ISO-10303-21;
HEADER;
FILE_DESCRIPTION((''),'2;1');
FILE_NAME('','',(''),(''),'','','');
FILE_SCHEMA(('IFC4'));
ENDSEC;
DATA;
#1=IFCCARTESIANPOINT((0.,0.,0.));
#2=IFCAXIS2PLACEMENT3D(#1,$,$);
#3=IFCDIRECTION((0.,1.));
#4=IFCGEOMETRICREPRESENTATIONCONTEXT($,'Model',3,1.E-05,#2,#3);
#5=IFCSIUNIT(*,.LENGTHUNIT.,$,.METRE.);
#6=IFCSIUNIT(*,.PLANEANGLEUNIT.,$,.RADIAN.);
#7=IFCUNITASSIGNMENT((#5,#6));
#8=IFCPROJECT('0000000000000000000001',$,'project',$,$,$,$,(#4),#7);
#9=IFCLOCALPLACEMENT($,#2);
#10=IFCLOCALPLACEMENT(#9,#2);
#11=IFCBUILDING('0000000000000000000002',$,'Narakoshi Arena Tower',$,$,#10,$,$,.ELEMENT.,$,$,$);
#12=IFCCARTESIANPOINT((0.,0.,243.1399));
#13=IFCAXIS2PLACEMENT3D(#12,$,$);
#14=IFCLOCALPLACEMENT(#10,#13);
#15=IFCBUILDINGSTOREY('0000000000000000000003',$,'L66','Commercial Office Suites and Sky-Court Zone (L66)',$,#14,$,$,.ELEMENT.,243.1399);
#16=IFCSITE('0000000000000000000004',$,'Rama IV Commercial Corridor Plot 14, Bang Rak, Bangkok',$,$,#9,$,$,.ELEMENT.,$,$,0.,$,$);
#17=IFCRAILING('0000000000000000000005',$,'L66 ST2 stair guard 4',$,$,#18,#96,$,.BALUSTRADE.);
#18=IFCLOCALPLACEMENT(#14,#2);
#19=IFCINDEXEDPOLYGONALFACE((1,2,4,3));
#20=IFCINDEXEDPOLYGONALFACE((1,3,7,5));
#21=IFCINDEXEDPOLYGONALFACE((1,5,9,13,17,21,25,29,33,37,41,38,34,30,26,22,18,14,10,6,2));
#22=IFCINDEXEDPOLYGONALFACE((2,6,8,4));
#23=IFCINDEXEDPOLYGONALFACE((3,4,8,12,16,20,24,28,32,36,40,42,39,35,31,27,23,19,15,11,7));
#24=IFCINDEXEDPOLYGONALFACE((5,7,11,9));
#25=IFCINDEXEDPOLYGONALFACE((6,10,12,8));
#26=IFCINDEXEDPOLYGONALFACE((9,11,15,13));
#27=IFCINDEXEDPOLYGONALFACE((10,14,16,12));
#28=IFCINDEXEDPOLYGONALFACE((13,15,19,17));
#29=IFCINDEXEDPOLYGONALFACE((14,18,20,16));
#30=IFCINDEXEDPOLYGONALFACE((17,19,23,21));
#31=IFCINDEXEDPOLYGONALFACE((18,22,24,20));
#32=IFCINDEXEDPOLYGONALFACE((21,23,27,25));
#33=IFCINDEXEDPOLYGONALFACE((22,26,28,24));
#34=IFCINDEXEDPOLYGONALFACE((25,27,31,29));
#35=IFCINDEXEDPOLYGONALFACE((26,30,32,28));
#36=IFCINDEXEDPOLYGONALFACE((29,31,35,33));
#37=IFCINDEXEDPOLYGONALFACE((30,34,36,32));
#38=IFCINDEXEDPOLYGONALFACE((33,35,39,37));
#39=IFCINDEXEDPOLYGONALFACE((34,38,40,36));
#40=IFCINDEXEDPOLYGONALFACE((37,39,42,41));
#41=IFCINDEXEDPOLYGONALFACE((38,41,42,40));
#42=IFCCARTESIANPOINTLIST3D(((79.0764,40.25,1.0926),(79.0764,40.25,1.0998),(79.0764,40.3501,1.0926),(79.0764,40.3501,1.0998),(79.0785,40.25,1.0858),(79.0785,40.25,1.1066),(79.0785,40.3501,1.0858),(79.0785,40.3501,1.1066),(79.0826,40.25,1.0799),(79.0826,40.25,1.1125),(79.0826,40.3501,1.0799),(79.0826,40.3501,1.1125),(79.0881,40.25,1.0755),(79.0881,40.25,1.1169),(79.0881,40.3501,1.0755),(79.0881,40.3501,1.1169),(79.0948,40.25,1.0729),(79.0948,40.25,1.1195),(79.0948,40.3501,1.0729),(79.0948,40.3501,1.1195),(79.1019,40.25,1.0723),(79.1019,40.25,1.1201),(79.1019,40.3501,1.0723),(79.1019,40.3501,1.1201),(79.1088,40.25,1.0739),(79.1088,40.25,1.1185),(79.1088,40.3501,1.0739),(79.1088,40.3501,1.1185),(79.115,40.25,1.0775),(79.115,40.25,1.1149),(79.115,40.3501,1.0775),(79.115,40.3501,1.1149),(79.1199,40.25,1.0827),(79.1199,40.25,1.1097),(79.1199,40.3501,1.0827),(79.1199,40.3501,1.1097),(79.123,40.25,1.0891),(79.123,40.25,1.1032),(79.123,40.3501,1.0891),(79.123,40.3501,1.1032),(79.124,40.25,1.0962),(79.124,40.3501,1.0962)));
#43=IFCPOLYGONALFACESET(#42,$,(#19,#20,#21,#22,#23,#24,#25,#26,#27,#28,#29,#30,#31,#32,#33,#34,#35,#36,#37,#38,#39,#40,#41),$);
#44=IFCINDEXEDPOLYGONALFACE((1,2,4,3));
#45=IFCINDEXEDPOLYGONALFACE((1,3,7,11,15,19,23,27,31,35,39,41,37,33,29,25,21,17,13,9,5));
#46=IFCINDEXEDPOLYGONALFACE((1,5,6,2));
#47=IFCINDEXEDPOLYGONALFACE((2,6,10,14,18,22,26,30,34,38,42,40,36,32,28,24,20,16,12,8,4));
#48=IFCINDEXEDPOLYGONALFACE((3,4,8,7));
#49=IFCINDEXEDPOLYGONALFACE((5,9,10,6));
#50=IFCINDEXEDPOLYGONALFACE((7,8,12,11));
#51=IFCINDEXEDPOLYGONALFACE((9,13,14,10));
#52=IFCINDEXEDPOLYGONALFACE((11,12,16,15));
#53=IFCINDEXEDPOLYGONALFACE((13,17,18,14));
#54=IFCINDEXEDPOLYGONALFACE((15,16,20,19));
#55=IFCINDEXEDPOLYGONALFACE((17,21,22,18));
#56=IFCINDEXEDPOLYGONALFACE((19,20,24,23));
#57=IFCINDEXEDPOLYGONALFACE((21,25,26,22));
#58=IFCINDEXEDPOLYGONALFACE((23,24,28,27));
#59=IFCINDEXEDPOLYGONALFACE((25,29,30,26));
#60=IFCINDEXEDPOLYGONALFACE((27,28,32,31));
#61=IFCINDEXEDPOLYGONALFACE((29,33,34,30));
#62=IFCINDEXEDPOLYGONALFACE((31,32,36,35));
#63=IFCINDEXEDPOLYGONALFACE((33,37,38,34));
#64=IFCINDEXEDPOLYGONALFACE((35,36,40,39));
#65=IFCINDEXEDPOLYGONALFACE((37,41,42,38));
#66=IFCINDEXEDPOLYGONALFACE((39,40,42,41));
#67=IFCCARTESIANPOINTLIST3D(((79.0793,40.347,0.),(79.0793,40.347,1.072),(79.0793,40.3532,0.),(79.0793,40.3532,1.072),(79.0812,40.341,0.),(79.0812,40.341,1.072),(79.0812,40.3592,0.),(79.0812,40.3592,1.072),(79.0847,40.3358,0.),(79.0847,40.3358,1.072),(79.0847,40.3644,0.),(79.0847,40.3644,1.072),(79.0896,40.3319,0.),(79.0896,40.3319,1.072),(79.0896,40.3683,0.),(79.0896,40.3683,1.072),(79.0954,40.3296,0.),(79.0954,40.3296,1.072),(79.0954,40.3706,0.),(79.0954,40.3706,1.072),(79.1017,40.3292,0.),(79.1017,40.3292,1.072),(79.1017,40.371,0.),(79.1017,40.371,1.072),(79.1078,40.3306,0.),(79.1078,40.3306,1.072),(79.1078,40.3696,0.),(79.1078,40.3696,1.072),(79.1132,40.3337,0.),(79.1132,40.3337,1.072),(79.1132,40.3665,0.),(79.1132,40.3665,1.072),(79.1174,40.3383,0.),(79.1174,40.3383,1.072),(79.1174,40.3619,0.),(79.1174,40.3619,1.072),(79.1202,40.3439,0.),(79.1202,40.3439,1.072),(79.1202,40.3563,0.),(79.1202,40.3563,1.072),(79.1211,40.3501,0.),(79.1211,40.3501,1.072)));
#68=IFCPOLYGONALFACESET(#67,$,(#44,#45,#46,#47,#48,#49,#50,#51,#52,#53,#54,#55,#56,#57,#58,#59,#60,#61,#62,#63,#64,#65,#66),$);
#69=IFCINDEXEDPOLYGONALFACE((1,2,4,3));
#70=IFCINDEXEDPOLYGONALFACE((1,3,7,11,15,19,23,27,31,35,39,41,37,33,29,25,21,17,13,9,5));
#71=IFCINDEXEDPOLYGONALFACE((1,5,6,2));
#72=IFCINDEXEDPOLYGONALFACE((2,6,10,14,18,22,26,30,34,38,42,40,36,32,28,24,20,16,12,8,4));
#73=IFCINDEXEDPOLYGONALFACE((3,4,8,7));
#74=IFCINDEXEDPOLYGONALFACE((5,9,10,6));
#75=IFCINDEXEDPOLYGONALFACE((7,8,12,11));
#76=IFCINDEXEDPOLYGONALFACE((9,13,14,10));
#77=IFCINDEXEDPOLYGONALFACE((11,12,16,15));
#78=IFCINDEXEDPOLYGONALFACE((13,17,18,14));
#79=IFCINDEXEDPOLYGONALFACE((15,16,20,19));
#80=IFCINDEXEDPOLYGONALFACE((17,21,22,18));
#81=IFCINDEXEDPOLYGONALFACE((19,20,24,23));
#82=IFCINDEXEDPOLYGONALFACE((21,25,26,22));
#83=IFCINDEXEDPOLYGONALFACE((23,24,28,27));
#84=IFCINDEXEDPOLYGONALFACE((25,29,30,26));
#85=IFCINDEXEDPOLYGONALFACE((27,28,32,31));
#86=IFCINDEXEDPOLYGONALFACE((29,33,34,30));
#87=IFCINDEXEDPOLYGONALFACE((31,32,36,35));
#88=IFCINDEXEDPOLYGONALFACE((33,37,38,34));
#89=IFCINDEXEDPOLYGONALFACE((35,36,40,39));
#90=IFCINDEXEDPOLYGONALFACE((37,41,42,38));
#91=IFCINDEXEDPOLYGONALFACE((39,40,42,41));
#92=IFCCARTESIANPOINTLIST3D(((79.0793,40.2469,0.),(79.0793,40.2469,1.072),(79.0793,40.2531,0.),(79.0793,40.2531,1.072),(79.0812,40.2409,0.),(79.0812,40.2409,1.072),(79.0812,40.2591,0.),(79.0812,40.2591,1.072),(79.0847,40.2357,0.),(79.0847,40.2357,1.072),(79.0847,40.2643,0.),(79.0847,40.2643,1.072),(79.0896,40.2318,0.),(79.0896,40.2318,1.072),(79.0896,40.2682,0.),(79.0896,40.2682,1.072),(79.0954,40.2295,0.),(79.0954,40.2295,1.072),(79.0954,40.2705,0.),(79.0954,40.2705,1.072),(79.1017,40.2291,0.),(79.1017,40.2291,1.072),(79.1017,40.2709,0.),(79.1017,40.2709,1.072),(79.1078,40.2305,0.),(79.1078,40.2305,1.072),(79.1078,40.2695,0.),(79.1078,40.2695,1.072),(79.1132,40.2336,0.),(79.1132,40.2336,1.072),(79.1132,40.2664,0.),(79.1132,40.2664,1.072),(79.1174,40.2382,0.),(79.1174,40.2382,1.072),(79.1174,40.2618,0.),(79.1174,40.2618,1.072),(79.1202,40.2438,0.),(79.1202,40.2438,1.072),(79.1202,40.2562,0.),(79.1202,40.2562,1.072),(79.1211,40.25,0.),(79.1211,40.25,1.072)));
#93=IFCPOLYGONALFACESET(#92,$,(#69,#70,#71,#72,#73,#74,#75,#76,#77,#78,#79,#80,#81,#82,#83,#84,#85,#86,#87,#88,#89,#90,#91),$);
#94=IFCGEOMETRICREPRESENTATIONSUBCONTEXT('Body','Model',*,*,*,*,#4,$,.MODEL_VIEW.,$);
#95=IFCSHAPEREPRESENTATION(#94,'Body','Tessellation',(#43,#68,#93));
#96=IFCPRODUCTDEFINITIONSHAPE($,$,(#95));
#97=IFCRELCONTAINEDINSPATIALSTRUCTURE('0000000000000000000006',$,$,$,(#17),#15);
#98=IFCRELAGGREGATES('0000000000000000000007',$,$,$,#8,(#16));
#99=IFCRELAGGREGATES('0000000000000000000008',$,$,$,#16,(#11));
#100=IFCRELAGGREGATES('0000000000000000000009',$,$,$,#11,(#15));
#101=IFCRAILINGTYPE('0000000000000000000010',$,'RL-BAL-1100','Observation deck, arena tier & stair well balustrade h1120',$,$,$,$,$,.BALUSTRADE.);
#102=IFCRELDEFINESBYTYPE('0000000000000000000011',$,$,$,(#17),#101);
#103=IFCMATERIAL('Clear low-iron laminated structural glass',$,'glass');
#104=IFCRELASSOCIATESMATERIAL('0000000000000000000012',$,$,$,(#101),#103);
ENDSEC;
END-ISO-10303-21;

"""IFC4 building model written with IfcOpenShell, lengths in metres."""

from ifc_helpers import new_model, si_unit, direction, frame, origin, origin_2d, place, context, subcontext, project, spatial, circle, extrude, material, type_object, element, save


model = new_model("IFC4")

# Units and contexts
model_context = context("Model", 3, precision=1e-05, world=origin(), true_north=direction((0.0, 1.0)))
body_context = subcontext(model_context, "Body", "Model", "MODEL_VIEW")
ifc_project = project(units=[si_unit("LENGTHUNIT", "METRE"), si_unit("PLANEANGLEUNIT", "RADIAN")], contexts=[model_context])

# Site, building, storey
site_placement = place(None, origin())
site = spatial("IfcSite", under=ifc_project, at=site_placement, Name="Rama IV Commercial Corridor Plot 14, Bang Rak, Bangkok", CompositionType="ELEMENT", RefElevation=0.0)
building_placement = place(site_placement, origin())
building = spatial("IfcBuilding", under=site, at=building_placement, Name="Narakoshi Arena Tower", CompositionType="ELEMENT")
storey_placement = place(building_placement, frame((0.0, 0.0, 243.1399)))
storey = spatial("IfcBuildingStorey", under=building, at=storey_placement, Name="L66", Description="Commercial Office Suites and Sky-Court Zone (L66)", CompositionType="ELEMENT", Elevation=243.1399)

# Railing
ifc_material_1 = material(Name="Clear low-iron laminated structural glass", Category="glass")
railing_type_1 = type_object("IfcRailingType", Name="RL-BAL-1100", Description="Observation deck, arena tier & stair well balustrade h1120", PredefinedType="BALUSTRADE", material=ifc_material_1)
railing_1_placement = place(storey_placement, frame((79.1001, 40.3501, 0.0)))
element("IfcRailing", 1, at=railing_1_placement, inside=storey, type_object=railing_type_1, Name="L66 ST2 stair guard 4", PredefinedType="BALUSTRADE", context=body_context, shape_type="SweptSolid", body=[
    extrude(circle(Radius=0.0239, at=origin_2d()), frame((0.0, 0.0, 1.0962), z_axis=(0.0, -1.0, 0.0), x_axis=(1.0, 0.0, 0.0)), (0.0, 0.0, 1.0), 0.1001),
    extrude(circle(Radius=0.021, at=origin_2d()), origin(), (0.0, 0.0, 1.0), 1.072),
    extrude(circle(Radius=0.021, at=origin_2d()), frame((0.0, -0.1001, 0.0)), (0.0, 0.0, 1.0), 1.072),
])

save(model, "model.ifc")
